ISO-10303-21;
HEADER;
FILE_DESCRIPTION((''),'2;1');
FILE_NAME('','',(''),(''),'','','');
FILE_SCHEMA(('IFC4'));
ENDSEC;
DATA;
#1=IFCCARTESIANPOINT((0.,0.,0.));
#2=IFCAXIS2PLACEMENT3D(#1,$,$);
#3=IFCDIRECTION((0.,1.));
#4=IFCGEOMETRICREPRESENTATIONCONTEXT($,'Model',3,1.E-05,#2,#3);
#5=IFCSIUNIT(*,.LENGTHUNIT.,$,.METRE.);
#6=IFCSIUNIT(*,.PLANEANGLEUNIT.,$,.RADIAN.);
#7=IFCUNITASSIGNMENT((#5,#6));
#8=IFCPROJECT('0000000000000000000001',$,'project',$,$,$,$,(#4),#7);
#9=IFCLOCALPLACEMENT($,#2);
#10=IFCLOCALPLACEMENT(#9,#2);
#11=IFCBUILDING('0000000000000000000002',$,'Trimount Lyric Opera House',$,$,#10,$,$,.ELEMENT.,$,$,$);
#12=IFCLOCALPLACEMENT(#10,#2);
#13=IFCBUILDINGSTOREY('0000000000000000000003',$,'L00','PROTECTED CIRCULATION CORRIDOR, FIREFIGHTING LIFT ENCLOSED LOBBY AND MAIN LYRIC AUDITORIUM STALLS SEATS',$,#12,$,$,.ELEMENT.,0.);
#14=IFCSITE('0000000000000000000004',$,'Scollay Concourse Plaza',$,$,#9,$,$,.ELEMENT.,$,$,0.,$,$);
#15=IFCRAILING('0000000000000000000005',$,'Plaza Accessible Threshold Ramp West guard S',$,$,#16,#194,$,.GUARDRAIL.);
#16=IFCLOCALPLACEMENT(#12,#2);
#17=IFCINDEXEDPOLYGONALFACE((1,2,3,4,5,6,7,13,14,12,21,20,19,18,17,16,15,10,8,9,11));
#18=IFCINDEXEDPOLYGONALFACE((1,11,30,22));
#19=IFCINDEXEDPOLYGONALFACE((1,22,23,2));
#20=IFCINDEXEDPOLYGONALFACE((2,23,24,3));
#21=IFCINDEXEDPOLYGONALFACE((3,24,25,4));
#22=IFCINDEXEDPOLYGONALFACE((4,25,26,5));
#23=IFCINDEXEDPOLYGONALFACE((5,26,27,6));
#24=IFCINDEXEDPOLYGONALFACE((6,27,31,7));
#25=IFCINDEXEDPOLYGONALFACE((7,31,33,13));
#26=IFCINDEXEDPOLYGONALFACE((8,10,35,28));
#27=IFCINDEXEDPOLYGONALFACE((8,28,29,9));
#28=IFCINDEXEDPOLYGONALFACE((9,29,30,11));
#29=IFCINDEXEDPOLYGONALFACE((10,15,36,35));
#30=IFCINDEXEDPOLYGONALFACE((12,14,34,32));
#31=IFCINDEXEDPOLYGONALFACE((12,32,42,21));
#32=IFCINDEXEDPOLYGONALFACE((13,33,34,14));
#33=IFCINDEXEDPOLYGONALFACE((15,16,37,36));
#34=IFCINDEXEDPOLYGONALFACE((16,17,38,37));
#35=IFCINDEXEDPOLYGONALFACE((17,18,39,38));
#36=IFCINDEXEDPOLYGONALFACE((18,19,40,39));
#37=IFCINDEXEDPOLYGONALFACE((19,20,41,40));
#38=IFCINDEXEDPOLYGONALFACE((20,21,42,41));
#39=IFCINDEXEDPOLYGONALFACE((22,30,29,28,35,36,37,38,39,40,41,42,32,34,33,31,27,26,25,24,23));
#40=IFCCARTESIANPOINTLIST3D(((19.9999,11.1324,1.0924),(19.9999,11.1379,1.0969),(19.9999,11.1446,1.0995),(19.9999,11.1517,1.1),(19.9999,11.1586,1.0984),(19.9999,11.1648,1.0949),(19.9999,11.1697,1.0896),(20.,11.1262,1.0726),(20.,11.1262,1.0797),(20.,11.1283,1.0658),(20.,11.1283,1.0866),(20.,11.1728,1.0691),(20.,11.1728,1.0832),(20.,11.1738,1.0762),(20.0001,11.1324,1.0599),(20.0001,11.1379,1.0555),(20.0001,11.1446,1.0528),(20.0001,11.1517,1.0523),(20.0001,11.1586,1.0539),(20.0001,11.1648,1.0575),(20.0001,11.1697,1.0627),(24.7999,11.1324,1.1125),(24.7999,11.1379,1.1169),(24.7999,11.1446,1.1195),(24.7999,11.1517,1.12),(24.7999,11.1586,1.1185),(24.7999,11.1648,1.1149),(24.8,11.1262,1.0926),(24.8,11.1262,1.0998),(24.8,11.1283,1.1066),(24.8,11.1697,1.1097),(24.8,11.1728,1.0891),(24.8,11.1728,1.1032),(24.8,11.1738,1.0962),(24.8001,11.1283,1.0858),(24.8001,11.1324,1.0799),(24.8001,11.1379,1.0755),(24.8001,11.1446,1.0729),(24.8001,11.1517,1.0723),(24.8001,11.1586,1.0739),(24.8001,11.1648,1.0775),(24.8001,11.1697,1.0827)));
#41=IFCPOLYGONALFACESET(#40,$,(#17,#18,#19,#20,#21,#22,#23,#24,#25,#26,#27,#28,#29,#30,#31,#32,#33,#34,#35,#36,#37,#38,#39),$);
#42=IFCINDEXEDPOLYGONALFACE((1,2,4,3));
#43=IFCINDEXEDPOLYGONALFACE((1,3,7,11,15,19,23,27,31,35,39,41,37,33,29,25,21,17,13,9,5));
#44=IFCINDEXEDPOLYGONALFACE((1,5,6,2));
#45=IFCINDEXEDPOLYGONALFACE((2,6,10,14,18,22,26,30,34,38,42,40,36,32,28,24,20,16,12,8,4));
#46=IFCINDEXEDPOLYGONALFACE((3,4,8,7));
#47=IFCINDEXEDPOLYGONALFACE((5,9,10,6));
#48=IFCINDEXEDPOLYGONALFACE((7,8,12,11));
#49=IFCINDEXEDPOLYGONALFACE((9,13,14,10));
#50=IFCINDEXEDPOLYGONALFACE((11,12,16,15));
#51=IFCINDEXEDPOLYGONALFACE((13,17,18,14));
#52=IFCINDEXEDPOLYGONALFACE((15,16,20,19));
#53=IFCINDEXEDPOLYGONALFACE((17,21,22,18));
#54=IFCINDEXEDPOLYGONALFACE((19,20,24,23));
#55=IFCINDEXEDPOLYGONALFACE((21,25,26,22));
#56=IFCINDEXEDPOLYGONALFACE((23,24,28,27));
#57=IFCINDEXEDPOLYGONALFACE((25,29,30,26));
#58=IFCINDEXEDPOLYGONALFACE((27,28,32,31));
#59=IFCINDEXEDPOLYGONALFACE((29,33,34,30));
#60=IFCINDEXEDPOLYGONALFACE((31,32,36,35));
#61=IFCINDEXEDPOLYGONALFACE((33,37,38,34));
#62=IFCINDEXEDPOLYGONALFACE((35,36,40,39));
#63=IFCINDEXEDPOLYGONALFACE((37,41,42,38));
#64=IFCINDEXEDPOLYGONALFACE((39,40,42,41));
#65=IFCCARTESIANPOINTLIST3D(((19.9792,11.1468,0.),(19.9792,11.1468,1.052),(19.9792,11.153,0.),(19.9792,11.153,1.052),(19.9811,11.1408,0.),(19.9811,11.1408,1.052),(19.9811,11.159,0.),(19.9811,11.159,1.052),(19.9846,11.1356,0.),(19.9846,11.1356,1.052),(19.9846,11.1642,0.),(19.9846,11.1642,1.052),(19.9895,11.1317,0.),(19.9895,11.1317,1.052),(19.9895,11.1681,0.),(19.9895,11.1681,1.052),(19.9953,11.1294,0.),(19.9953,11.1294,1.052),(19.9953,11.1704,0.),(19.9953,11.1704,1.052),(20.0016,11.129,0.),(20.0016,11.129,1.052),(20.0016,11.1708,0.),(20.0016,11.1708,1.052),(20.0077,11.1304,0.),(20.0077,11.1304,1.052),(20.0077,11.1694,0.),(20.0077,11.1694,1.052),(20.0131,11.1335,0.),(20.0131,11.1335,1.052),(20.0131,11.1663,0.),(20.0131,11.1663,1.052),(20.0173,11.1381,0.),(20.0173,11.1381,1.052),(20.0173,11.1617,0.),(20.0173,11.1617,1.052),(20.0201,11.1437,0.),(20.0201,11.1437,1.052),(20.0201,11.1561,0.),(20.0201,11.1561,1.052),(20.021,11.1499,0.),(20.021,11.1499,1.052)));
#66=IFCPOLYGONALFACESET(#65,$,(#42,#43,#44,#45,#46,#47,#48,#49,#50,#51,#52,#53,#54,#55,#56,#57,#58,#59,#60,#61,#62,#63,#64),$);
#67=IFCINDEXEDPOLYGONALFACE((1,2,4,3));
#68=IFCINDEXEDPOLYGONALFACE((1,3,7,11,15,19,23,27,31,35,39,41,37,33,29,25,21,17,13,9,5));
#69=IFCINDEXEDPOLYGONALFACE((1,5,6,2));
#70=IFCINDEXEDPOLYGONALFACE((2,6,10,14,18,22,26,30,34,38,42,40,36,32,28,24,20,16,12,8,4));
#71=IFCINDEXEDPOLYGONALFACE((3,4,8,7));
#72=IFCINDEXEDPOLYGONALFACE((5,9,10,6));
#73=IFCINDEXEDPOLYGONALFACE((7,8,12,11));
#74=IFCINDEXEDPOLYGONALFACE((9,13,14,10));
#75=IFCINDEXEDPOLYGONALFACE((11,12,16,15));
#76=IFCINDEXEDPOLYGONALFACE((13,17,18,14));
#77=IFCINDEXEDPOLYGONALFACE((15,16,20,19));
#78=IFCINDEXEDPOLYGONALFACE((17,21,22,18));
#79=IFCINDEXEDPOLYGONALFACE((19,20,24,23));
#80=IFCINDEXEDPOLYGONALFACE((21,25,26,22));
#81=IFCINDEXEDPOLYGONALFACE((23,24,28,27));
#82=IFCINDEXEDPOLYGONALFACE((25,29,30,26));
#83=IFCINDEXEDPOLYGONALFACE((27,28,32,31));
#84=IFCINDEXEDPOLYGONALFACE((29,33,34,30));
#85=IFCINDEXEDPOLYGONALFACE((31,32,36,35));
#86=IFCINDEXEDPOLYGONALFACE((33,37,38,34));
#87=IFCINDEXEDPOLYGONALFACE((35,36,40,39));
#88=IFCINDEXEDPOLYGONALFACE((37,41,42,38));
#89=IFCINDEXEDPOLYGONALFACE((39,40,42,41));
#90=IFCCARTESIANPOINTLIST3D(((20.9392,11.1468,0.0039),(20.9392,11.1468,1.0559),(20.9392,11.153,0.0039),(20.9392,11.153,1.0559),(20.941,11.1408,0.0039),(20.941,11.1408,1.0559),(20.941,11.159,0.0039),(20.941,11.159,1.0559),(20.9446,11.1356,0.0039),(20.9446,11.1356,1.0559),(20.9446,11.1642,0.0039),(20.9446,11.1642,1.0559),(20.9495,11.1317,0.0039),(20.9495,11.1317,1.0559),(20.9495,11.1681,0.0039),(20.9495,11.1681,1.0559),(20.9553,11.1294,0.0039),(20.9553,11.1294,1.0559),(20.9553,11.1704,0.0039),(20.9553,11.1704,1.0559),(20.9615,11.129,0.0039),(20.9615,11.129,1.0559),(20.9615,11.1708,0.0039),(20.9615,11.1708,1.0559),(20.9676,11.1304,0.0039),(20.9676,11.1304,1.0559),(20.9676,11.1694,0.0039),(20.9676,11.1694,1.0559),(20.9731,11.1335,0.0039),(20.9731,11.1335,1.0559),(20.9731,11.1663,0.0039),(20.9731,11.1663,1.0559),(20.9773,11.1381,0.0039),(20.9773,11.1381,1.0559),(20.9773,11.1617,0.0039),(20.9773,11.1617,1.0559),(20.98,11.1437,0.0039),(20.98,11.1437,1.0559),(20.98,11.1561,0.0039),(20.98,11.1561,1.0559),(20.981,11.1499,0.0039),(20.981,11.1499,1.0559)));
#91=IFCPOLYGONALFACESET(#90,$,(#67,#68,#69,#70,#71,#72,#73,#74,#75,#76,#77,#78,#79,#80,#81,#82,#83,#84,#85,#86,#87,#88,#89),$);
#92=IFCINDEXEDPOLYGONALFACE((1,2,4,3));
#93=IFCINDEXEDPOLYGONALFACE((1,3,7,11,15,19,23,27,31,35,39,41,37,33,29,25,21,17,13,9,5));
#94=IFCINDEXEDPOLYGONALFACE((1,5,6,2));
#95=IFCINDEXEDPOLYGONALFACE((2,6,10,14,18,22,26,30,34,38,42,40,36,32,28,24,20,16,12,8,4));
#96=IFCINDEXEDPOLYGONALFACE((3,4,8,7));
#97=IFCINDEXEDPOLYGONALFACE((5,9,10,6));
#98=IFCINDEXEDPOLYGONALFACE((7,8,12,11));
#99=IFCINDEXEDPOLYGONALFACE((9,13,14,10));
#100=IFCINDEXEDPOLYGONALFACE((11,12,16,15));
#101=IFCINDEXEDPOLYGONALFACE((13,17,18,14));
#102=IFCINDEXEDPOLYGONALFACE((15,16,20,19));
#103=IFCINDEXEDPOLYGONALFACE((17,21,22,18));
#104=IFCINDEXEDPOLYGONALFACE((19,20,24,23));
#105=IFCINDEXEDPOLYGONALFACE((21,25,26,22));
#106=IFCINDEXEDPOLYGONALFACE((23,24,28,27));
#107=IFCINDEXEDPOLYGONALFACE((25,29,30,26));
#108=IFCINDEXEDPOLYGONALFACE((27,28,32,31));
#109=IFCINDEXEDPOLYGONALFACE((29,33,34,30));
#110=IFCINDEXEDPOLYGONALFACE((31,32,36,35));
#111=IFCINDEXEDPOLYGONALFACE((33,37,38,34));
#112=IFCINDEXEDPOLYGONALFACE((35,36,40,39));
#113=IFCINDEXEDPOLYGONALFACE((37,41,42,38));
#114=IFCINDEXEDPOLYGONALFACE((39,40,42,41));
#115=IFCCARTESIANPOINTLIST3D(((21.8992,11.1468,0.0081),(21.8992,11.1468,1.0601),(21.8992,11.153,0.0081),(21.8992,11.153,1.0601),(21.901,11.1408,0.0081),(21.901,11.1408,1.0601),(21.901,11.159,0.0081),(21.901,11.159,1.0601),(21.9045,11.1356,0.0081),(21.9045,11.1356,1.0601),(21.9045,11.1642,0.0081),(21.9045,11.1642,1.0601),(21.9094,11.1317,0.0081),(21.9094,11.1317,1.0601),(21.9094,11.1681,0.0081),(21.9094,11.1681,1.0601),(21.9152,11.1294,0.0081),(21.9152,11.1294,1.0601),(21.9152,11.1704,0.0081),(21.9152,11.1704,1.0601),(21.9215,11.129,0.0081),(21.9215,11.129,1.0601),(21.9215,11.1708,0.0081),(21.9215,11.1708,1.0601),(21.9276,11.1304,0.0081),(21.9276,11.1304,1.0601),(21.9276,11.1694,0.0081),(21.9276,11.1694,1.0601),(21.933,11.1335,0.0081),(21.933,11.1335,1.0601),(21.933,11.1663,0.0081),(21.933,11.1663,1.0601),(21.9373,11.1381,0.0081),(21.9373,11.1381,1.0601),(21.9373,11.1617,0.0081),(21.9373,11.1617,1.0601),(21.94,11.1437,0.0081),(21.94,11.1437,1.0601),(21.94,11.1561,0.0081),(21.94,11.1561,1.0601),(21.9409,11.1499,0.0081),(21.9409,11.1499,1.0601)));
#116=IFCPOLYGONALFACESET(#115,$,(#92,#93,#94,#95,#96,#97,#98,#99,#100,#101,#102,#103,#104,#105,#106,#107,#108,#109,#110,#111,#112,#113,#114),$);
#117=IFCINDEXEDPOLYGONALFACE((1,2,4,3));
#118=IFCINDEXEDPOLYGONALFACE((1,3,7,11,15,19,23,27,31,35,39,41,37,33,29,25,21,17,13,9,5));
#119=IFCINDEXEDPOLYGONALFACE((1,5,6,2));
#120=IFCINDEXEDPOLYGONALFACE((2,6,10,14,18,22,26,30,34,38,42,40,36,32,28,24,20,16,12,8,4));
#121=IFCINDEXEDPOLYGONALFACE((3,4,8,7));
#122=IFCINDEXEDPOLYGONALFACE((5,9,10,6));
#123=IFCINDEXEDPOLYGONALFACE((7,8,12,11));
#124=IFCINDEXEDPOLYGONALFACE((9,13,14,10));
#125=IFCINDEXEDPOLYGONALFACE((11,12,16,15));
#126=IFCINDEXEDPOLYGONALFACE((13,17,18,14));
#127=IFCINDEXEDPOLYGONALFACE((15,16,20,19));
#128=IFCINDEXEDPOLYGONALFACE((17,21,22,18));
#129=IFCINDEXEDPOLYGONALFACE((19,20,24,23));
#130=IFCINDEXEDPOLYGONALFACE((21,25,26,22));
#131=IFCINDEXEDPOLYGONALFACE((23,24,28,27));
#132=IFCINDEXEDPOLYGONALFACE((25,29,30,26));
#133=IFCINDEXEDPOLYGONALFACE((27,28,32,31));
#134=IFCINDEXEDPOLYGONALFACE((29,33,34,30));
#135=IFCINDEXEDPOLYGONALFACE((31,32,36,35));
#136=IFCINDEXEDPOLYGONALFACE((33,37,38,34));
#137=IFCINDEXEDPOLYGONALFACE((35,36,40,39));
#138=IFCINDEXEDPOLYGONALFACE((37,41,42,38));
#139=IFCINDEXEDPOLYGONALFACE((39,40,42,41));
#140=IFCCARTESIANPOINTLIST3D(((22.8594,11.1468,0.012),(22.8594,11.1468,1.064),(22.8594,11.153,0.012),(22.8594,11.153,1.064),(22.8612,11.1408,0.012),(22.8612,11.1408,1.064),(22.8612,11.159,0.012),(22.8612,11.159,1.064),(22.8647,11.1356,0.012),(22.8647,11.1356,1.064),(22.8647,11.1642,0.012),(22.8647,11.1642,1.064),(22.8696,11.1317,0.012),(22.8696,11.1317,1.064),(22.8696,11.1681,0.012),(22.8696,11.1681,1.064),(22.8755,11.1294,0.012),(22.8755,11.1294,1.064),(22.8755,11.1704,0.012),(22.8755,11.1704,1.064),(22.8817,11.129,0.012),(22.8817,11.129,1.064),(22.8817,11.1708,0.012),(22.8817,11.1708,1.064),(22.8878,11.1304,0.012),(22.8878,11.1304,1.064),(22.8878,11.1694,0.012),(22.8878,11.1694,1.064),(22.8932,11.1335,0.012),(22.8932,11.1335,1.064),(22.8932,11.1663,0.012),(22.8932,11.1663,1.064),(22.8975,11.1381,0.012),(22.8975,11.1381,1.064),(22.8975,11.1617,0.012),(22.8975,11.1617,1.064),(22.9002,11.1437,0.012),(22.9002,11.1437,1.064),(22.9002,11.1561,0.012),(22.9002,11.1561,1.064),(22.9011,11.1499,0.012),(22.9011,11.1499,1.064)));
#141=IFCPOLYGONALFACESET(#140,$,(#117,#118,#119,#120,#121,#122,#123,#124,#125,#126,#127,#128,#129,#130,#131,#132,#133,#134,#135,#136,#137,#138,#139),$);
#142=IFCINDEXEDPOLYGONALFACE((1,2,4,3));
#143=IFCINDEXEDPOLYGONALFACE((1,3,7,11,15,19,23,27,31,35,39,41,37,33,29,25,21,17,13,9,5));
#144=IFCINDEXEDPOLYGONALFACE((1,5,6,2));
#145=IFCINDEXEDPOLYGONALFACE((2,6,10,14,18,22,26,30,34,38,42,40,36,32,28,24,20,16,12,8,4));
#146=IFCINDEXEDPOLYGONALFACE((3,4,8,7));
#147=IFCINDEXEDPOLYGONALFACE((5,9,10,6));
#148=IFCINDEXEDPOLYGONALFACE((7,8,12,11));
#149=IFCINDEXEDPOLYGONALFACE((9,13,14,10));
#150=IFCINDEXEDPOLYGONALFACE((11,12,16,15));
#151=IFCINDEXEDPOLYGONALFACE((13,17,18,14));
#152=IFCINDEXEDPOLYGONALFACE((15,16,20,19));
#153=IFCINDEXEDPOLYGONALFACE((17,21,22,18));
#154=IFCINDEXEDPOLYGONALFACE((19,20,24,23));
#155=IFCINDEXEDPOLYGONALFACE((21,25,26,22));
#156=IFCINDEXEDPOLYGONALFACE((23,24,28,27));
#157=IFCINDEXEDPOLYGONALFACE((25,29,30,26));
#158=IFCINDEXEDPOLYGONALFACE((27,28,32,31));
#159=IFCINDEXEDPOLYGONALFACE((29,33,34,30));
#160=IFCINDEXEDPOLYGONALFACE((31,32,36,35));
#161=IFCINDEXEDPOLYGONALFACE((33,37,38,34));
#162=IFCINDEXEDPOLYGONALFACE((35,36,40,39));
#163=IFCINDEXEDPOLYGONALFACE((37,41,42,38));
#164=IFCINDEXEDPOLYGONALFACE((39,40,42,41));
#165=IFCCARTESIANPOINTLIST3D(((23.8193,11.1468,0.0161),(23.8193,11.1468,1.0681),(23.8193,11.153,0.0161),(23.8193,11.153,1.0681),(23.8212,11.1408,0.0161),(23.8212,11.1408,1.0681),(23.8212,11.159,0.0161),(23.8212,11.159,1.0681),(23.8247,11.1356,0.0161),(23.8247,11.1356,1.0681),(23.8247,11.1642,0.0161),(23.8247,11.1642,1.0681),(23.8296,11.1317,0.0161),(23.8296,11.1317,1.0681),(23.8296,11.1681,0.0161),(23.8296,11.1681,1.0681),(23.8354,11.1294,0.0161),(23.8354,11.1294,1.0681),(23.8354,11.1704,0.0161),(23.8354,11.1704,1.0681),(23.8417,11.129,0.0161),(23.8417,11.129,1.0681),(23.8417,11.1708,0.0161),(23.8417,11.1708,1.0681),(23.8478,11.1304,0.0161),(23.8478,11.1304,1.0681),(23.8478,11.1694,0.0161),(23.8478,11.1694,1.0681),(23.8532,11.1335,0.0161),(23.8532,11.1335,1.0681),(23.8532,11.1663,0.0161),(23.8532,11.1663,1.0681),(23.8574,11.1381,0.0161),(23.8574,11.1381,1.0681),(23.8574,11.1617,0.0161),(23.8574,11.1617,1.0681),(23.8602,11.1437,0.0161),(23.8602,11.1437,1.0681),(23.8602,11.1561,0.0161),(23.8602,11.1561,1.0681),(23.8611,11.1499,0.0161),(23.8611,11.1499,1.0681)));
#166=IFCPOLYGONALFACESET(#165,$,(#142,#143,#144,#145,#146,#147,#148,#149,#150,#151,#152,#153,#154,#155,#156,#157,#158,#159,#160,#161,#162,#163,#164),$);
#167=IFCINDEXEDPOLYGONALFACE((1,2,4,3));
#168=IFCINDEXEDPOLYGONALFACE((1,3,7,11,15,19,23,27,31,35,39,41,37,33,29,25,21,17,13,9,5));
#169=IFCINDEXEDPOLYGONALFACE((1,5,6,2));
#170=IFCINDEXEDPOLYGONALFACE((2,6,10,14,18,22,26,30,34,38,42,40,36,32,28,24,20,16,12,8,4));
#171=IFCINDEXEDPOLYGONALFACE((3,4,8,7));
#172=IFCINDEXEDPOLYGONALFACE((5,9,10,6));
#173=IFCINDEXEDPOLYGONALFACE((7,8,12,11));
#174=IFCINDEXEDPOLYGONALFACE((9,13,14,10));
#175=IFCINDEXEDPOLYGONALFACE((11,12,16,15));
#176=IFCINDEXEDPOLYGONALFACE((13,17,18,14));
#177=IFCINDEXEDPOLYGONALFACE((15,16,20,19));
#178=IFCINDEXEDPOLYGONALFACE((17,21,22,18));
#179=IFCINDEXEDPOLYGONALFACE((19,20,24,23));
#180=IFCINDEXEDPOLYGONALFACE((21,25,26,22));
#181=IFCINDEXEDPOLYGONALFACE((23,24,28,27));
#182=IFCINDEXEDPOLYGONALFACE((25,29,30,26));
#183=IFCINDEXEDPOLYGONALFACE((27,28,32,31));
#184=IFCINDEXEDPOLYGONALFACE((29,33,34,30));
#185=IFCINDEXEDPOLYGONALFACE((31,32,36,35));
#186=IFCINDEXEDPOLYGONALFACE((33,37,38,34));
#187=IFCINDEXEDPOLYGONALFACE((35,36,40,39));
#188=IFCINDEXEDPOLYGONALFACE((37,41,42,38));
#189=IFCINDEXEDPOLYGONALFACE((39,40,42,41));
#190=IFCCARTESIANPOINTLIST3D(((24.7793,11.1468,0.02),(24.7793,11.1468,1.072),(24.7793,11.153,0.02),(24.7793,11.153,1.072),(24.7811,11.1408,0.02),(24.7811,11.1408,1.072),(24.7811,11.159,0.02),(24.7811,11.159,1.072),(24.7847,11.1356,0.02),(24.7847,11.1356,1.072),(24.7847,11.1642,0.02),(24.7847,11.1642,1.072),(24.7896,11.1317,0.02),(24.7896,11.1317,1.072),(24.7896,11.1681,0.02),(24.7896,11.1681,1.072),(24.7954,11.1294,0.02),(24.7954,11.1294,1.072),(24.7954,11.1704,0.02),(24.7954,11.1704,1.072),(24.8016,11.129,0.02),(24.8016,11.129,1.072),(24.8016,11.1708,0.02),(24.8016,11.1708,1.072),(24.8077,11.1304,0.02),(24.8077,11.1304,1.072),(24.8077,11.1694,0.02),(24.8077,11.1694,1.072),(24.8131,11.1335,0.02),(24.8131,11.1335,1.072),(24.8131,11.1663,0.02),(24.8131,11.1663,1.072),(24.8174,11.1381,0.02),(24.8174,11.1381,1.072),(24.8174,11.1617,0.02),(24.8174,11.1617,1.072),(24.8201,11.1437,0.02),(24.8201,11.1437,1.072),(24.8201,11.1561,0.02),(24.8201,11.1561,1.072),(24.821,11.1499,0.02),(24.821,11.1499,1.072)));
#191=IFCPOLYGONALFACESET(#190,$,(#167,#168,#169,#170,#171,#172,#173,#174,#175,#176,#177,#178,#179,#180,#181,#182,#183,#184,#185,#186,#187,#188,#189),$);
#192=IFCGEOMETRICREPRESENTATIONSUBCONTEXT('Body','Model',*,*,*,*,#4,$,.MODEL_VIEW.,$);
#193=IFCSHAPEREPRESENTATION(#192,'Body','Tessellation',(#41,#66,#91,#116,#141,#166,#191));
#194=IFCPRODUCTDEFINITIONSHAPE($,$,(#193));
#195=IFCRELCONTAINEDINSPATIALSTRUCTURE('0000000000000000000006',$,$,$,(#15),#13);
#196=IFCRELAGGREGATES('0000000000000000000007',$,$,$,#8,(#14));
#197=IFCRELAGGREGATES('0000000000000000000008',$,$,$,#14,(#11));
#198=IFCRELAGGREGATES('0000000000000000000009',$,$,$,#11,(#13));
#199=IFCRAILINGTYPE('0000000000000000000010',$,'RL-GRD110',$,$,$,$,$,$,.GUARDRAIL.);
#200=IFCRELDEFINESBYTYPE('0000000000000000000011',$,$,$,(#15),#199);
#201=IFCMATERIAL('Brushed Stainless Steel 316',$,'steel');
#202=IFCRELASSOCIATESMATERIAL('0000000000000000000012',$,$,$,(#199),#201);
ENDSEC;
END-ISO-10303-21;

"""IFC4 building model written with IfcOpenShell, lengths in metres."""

from ifc_helpers import new_model, si_unit, direction, frame, origin, origin_2d, place, context, subcontext, project, spatial, circle, extrude, material, type_object, element, save


model = new_model("IFC4")

# Units and contexts
model_context = context("Model", 3, precision=1e-05, world=origin(), true_north=direction((0.0, 1.0)))
body_context = subcontext(model_context, "Body", "Model", "MODEL_VIEW")
ifc_project = project(units=[si_unit("LENGTHUNIT", "METRE"), si_unit("PLANEANGLEUNIT", "RADIAN")], contexts=[model_context])

# Site, building, storey
site_placement = place(None, origin())
site = spatial("IfcSite", under=ifc_project, at=site_placement, Name="Scollay Concourse Plaza", CompositionType="ELEMENT", RefElevation=0.0)
building_placement = place(site_placement, origin())
building = spatial("IfcBuilding", under=site, at=building_placement, Name="Trimount Lyric Opera House", CompositionType="ELEMENT")
storey_placement = place(building_placement, origin())
storey = spatial("IfcBuildingStorey", under=building, at=storey_placement, Name="L00", Description="PROTECTED CIRCULATION CORRIDOR, FIREFIGHTING LIFT ENCLOSED LOBBY AND MAIN LYRIC AUDITORIUM STALLS SEATS", CompositionType="ELEMENT", Elevation=0.0)

# Railing
ifc_material_1 = material(Name="Brushed Stainless Steel 316", Category="steel")
railing_type_1 = type_object("IfcRailingType", Name="RL-GRD110", PredefinedType="GUARDRAIL", material=ifc_material_1)
for number, where, name in (
    (1, (20.0, 11.1499, 0.0), "Plaza Accessible Threshold Ramp West guard S"),
):
    element("IfcRailing", number, at=place(storey_placement, frame(where)), inside=storey, type_object=railing_type_1, Name=name, PredefinedType="GUARDRAIL", context=body_context, shape_type="SweptSolid", body=[
        extrude(circle(Radius=0.0239, at=origin_2d()), frame((0.0, 0.0, 1.0762), z_axis=(0.999991, 0.0, 0.004171), x_axis=(0.0, 1.0, 0.0)), (0.0, 0.0, 1.0), 4.8),
        extrude(circle(Radius=0.021, at=origin_2d()), origin(), (0.0, 0.0, 1.0), 1.052),
        extrude(circle(Radius=0.021, at=origin_2d()), frame((0.96, 0.0, 0.0039)), (0.0, 0.0, 1.0), 1.052),
        extrude(circle(Radius=0.021, at=origin_2d()), frame((1.9199, 0.0, 0.0081)), (0.0, 0.0, 1.0), 1.052),
        extrude(circle(Radius=0.021, at=origin_2d()), frame((2.8801, 0.0, 0.012)), (0.0, 0.0, 1.0), 1.052),
        extrude(circle(Radius=0.021, at=origin_2d()), frame((3.8401, 0.0, 0.0161)), (0.0, 0.0, 1.0), 1.052),
        extrude(circle(Radius=0.021, at=origin_2d()), frame((4.8, 0.0, 0.02)), (0.0, 0.0, 1.0), 1.052),
    ])

save(model, "model.ifc")
